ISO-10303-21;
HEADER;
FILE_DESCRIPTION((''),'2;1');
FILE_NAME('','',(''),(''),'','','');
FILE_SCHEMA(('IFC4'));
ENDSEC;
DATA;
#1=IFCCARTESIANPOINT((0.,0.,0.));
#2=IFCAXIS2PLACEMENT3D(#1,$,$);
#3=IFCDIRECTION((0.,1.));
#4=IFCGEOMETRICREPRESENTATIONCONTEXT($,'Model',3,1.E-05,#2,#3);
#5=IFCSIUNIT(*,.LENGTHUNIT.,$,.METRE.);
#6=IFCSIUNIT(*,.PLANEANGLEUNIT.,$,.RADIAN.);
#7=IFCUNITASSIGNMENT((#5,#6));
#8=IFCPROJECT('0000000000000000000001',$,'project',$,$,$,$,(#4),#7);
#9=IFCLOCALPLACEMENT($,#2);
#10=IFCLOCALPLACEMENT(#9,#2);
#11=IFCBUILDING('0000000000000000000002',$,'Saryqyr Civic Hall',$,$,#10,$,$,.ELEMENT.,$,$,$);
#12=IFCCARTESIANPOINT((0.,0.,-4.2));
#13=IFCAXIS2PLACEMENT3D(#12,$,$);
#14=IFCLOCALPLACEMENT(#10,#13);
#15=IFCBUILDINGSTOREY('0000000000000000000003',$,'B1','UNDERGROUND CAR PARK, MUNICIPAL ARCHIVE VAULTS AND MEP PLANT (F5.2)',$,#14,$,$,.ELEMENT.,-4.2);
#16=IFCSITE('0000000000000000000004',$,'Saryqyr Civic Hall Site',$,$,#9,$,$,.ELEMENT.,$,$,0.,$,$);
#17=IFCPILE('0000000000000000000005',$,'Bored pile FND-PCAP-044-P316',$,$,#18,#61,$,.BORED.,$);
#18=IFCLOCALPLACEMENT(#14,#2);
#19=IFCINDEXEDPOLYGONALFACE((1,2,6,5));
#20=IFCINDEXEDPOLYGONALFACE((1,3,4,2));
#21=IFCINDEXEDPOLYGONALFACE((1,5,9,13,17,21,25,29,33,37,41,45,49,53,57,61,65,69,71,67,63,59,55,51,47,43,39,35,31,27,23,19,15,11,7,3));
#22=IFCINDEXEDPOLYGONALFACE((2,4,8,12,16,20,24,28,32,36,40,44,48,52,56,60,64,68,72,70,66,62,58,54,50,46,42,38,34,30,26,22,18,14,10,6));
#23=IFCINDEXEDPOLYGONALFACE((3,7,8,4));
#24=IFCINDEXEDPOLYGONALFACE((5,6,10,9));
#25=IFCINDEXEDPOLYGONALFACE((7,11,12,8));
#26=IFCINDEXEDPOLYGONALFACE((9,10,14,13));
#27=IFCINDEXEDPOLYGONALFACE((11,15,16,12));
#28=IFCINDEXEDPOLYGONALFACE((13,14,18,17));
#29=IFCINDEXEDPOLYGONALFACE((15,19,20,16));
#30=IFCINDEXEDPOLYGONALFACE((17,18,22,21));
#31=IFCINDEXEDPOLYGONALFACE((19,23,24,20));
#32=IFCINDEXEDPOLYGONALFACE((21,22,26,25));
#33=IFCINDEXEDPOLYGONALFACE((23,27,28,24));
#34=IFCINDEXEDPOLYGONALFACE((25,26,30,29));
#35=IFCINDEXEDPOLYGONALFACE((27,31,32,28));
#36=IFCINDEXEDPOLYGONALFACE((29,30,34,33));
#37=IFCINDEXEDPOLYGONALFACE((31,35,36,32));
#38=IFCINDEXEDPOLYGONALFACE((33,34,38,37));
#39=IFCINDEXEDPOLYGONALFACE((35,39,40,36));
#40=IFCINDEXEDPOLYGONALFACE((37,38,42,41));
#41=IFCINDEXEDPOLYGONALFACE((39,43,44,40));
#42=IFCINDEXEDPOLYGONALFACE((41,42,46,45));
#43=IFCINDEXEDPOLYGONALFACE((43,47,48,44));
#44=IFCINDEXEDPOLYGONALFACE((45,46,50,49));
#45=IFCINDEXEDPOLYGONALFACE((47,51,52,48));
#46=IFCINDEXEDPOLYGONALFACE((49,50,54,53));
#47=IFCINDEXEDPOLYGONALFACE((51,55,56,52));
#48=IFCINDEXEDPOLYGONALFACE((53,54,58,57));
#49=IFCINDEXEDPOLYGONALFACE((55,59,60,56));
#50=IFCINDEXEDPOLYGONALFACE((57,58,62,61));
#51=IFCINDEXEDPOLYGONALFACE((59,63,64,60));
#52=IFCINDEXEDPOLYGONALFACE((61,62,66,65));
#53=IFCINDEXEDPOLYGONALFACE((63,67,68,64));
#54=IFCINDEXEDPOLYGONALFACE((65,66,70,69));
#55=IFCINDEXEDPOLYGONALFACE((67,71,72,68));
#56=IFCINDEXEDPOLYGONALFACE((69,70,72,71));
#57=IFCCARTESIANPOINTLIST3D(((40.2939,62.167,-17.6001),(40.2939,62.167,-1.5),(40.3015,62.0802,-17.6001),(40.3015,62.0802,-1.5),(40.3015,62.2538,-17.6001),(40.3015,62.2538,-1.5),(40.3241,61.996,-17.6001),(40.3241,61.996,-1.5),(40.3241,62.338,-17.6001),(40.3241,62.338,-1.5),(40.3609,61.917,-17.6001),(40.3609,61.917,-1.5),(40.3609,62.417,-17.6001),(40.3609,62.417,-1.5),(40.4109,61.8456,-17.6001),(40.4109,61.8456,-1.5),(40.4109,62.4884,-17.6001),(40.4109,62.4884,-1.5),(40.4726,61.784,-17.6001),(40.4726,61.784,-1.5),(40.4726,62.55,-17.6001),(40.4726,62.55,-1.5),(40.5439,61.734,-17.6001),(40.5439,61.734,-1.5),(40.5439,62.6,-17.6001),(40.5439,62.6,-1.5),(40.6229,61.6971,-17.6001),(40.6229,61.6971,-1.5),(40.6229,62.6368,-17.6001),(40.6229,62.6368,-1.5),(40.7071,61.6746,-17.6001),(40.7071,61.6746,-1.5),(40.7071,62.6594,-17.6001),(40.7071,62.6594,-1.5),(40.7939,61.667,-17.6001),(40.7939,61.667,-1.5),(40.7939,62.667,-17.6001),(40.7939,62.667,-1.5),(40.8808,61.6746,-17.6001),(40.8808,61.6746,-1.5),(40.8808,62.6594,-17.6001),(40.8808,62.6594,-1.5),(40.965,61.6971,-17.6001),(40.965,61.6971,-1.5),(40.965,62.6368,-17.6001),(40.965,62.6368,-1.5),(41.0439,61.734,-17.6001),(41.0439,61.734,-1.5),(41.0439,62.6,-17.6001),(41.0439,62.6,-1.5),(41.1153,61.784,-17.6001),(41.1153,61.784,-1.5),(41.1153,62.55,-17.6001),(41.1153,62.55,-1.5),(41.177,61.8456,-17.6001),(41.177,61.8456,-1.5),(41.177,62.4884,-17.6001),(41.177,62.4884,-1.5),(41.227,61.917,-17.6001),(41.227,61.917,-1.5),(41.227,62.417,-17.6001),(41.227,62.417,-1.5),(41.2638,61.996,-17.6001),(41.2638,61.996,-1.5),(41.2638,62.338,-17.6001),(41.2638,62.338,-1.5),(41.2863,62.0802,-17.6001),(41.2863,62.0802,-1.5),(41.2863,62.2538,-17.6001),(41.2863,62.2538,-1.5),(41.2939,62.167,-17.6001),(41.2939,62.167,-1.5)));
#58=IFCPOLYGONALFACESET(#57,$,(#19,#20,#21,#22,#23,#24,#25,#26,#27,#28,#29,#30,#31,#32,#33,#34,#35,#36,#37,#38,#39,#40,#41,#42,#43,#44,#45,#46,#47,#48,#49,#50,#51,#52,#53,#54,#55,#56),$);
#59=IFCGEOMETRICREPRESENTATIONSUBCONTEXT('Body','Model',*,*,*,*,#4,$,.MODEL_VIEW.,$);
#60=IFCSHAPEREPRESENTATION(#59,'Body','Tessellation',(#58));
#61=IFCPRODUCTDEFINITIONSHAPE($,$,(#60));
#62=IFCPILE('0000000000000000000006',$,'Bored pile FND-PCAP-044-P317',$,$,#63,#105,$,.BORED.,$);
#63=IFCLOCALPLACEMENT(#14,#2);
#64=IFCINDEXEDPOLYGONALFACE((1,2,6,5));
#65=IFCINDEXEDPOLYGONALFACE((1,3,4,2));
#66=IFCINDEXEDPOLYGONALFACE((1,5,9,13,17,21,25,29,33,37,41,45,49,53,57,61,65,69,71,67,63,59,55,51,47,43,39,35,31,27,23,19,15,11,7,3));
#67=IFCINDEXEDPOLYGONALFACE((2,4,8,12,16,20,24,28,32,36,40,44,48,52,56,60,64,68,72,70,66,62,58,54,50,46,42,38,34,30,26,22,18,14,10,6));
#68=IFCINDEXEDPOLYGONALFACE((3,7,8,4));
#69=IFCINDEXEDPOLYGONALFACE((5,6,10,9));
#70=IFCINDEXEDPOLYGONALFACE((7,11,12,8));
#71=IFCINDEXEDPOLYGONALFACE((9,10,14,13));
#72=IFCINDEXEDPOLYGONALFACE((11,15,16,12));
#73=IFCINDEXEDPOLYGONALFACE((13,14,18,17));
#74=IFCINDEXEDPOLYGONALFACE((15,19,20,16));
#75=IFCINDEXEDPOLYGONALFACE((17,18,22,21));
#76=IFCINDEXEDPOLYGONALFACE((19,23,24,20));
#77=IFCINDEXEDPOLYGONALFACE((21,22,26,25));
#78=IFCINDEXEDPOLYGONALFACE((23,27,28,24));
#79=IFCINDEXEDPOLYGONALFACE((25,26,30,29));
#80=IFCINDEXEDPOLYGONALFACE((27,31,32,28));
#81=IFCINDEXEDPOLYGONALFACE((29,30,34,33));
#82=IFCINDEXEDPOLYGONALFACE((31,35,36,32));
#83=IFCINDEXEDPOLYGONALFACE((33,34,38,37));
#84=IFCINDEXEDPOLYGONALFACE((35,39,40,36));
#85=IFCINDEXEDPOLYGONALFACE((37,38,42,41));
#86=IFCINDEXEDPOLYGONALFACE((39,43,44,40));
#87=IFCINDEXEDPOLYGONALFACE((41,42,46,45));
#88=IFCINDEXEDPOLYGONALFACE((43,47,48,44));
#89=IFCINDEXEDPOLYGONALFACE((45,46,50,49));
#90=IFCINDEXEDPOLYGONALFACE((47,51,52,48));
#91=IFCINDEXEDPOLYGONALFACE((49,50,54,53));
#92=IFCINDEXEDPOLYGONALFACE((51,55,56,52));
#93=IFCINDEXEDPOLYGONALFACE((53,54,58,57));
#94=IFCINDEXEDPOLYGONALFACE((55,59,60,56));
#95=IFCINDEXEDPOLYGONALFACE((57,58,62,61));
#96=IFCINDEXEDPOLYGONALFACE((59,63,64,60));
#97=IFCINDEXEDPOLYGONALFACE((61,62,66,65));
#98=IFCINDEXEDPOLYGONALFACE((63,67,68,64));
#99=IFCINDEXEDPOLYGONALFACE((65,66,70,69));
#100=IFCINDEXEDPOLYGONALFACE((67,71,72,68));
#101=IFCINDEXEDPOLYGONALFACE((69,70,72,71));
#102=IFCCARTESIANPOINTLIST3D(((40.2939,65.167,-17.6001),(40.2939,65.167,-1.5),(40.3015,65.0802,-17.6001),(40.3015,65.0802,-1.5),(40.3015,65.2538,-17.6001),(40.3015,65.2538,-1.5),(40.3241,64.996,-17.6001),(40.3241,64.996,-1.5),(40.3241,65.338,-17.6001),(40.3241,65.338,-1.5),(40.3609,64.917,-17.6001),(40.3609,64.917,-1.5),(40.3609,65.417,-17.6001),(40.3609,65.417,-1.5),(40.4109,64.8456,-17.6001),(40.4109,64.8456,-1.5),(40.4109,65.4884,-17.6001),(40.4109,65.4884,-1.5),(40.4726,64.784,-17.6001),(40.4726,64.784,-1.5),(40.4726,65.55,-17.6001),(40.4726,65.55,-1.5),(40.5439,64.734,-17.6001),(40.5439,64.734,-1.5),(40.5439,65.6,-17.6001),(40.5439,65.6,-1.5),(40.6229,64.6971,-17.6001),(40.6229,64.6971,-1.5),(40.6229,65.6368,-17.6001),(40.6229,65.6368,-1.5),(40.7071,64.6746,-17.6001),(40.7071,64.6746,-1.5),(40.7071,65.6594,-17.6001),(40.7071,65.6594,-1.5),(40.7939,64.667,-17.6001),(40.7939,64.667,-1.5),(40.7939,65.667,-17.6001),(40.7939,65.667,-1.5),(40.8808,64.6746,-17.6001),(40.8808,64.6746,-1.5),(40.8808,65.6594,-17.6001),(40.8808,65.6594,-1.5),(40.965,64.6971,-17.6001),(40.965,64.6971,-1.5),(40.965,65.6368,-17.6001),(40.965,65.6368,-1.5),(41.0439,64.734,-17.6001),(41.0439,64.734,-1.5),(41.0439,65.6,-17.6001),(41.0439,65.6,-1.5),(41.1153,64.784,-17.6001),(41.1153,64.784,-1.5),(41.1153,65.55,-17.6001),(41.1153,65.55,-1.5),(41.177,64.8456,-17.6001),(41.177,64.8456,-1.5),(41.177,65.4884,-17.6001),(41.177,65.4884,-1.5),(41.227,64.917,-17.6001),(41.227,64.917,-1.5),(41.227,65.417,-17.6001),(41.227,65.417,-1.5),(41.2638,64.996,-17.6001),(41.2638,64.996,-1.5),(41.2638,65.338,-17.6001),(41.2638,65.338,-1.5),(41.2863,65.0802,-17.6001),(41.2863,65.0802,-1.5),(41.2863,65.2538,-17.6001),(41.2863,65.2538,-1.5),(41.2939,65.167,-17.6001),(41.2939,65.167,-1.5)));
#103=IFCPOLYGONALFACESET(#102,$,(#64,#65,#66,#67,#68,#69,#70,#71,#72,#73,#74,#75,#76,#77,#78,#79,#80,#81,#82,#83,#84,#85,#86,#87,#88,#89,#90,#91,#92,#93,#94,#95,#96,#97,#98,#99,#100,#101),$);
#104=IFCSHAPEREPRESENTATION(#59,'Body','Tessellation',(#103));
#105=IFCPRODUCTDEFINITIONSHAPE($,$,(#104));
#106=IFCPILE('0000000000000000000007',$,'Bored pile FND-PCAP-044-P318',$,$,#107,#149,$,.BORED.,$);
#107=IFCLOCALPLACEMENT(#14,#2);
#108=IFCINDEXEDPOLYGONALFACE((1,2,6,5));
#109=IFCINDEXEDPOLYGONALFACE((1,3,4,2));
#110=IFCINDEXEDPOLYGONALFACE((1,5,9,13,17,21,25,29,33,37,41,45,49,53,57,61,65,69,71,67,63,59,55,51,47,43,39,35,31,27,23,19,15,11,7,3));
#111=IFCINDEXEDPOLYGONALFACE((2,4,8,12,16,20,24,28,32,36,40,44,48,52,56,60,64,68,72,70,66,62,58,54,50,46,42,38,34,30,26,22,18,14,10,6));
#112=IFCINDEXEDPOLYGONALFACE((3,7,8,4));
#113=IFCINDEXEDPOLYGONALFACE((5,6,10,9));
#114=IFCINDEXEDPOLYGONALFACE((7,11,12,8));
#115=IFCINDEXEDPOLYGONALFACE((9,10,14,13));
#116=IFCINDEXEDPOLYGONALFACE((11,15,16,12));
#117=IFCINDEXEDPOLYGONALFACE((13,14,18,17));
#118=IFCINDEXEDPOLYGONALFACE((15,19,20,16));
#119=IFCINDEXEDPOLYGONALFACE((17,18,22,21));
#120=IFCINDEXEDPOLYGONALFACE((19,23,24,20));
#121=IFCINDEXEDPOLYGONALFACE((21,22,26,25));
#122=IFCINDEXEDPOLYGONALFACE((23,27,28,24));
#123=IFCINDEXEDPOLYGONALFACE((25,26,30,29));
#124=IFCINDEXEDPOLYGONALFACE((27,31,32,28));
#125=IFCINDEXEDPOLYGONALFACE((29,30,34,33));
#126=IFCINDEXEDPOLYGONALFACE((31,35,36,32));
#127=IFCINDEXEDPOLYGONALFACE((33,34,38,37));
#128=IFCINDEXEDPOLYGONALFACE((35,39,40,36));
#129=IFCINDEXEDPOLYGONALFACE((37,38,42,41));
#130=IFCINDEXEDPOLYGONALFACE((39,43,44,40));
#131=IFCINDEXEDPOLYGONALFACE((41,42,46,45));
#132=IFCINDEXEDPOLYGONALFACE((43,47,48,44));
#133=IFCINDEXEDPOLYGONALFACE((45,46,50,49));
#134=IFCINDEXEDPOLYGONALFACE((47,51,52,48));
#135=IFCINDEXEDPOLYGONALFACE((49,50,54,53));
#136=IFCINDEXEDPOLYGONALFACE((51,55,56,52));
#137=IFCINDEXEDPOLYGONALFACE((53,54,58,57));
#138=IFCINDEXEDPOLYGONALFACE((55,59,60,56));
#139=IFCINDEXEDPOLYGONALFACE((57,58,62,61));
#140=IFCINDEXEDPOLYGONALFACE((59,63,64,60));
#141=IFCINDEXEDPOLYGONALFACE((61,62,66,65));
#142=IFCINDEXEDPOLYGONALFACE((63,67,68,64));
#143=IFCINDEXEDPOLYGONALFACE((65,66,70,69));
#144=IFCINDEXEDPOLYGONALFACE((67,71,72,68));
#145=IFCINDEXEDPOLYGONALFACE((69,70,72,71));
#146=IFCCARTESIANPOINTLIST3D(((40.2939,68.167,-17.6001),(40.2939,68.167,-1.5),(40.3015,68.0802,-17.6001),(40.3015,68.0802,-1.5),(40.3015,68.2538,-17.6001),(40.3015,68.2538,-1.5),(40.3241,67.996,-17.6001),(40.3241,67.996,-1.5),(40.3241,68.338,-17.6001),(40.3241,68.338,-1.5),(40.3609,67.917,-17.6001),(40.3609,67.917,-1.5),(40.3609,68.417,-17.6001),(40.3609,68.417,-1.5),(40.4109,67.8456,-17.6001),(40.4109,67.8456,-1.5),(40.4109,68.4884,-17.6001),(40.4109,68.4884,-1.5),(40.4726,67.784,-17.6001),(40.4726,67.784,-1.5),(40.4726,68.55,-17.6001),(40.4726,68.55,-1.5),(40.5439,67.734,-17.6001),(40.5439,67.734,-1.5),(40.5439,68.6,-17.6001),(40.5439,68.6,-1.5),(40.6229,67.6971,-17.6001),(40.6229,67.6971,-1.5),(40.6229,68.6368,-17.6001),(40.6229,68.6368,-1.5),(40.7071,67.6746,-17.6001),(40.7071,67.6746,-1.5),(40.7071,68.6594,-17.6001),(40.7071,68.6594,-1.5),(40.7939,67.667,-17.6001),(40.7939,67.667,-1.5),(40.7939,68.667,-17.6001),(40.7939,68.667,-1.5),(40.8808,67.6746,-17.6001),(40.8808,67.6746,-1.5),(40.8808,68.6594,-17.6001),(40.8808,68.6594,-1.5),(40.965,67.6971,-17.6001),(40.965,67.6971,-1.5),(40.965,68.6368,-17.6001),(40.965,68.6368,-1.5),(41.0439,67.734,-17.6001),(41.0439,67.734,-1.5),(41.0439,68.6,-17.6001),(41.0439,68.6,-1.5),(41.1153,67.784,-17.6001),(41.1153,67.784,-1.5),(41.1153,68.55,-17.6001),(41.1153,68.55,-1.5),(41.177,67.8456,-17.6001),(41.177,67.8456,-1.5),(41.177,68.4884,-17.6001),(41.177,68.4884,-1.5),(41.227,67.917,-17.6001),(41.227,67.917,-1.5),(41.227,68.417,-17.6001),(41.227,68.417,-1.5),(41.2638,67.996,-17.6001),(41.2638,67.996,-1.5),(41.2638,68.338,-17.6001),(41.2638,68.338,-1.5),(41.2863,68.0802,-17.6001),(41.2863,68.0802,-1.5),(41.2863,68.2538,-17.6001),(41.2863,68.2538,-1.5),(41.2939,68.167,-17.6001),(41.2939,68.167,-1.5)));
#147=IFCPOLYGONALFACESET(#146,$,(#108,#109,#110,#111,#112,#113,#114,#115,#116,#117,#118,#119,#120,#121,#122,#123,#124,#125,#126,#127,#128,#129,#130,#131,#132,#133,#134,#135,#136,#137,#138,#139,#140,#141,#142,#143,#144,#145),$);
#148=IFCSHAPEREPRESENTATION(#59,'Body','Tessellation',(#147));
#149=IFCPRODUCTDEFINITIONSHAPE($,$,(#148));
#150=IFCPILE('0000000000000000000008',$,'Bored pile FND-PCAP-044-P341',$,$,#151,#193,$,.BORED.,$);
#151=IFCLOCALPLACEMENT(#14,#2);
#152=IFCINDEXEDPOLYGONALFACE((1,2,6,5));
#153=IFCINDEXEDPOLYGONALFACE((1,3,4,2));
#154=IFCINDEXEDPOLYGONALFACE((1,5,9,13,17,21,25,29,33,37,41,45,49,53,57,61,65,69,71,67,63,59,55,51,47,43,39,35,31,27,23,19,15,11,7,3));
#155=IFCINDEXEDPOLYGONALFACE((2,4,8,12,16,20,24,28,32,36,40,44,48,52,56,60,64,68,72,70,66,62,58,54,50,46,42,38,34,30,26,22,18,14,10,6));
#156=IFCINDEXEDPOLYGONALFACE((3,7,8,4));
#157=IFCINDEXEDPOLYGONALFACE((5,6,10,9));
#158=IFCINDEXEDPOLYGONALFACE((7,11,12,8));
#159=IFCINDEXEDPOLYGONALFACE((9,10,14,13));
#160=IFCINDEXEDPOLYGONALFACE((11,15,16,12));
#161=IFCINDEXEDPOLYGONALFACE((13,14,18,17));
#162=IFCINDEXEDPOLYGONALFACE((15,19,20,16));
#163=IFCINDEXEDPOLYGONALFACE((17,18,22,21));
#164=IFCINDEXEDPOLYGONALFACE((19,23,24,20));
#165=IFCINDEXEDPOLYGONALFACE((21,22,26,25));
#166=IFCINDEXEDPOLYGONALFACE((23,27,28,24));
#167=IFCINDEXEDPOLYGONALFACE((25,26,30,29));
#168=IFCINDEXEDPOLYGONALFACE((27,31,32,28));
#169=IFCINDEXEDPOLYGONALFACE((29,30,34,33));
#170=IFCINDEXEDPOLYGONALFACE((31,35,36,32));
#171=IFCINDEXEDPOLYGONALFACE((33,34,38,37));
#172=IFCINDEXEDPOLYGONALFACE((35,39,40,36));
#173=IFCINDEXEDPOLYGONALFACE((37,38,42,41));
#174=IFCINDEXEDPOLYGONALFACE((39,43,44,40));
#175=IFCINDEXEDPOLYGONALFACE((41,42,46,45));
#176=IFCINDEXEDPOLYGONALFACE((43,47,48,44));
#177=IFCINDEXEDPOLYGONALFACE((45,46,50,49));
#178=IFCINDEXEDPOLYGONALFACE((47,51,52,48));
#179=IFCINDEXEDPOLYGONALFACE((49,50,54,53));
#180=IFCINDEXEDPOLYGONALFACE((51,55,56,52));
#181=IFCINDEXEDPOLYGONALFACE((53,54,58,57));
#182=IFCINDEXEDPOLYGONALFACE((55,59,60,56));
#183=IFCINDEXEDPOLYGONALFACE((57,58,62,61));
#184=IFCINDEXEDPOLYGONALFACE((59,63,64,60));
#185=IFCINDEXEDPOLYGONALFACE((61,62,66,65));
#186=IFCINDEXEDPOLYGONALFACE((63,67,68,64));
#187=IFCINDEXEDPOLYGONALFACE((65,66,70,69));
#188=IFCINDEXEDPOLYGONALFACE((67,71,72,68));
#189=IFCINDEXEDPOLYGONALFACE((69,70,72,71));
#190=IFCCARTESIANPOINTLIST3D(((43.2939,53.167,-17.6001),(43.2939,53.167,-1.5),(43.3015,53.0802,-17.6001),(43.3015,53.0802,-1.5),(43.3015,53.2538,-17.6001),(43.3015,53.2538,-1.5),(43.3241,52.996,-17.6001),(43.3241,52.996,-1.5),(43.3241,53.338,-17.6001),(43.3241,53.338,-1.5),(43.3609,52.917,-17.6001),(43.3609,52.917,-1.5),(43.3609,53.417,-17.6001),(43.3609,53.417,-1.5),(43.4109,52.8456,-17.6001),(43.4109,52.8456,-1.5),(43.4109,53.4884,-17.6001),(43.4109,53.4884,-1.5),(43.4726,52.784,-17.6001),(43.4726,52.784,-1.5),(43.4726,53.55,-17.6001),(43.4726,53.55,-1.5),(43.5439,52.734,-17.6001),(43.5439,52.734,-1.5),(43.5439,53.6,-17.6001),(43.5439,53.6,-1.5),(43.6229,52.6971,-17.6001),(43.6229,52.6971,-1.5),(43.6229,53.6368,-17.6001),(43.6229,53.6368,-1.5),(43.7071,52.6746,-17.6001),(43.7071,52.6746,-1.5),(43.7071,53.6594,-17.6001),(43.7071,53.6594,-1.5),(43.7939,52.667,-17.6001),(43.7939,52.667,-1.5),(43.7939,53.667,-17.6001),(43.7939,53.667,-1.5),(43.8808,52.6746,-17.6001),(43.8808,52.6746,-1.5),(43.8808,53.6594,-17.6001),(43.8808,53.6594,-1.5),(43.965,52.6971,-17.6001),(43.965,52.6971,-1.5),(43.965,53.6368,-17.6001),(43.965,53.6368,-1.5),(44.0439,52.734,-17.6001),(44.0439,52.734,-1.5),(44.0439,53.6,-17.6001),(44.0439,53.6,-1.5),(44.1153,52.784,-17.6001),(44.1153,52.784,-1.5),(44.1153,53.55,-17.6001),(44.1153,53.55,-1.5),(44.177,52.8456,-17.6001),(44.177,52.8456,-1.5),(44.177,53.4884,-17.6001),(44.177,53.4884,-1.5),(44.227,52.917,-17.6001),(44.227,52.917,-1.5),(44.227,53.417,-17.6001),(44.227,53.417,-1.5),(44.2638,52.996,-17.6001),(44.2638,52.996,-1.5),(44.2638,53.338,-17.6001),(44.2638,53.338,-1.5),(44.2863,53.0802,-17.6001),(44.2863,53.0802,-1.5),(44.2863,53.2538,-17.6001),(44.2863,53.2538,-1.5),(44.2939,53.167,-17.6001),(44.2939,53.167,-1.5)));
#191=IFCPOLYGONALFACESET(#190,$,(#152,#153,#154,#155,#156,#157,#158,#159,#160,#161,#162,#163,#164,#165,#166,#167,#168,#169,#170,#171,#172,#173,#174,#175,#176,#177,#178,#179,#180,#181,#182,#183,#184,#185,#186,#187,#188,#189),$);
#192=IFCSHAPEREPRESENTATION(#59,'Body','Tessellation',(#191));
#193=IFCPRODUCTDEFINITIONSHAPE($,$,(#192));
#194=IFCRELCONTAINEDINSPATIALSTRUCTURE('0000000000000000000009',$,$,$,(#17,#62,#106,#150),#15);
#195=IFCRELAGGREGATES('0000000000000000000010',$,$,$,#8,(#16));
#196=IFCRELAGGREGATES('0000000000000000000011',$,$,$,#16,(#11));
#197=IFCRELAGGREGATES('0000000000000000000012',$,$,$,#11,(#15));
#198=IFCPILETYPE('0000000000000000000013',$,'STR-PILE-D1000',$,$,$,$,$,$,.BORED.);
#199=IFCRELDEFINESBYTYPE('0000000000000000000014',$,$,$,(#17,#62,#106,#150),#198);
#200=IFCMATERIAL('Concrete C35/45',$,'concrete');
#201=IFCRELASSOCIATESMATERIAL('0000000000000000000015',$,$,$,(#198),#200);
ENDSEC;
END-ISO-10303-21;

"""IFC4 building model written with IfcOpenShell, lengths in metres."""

from ifc_helpers import new_model, si_unit, direction, frame, origin, origin_2d, place, context, subcontext, project, spatial, circle, extrude, material, material_profile, profile_set, type_object, element, save


model = new_model("IFC4")

# Units and contexts
model_context = context("Model", 3, precision=1e-05, world=origin(), true_north=direction((0.0, 1.0)))
body_context = subcontext(model_context, "Body", "Model", "MODEL_VIEW")
ifc_project = project(units=[si_unit("LENGTHUNIT", "METRE"), si_unit("PLANEANGLEUNIT", "RADIAN")], contexts=[model_context])

# Site, building, storey
site_placement = place(None, origin())
site = spatial("IfcSite", under=ifc_project, at=site_placement, Name="Saryqyr Civic Hall Site", CompositionType="ELEMENT", RefElevation=0.0)
building_placement = place(site_placement, origin())
building = spatial("IfcBuilding", under=site, at=building_placement, Name="Saryqyr Civic Hall", CompositionType="ELEMENT")
storey_placement = place(building_placement, frame((0.0, 0.0, -4.2)))
storey = spatial("IfcBuildingStorey", under=building, at=storey_placement, Name="B1", Description="UNDERGROUND CAR PARK, MUNICIPAL ARCHIVE VAULTS AND MEP PLANT (F5.2)", CompositionType="ELEMENT", Elevation=-4.2)

# Piles
ifc_material_1 = material(Name="Concrete C35/45", Category="concrete")
ifc_material_profile_1 = material_profile(ifc_material_1, circle(Radius=0.5, at=origin_2d()), Name="BORED PILE D1000")
ifc_profile_set_1 = profile_set([ifc_material_profile_1], Name="Concrete C35/45")
pile_type = type_object("IfcPileType", Name="STR-PILE-D1000", PredefinedType="BORED", material=ifc_profile_set_1)
for number, where, z_axis, x_axis, name in (
    (1, (40.7939, 62.167, -1.5), (0.0, 0.0, -1.0), (1.0, 0.0, 0.0), "Bored pile FND-PCAP-044-P316"),
    (2, (40.7939, 65.167, -1.5), (0.0, 0.0, -1.0), (1.0, 0.0, 0.0), "Bored pile FND-PCAP-044-P317"),
    (3, (40.7939, 68.167, -1.5), (0.0, 0.0, -1.0), (1.0, 0.0, 0.0), "Bored pile FND-PCAP-044-P318"),
    (4, (43.7939, 53.167, -1.5), (0.0, 0.0, -1.0), (1.0, 0.0, 0.0), "Bored pile FND-PCAP-044-P341"),
):
    element("IfcPile", number, at=place(storey_placement, frame(where, z_axis=z_axis, x_axis=x_axis)), inside=storey, type_object=pile_type, Name=name, PredefinedType="BORED", context=body_context, shape_type="SweptSolid", body=[
        extrude(circle(Radius=0.5, at=origin_2d()), origin(), (0.0, 0.0, 1.0), 16.1001),
    ])

save(model, "model.ifc")
